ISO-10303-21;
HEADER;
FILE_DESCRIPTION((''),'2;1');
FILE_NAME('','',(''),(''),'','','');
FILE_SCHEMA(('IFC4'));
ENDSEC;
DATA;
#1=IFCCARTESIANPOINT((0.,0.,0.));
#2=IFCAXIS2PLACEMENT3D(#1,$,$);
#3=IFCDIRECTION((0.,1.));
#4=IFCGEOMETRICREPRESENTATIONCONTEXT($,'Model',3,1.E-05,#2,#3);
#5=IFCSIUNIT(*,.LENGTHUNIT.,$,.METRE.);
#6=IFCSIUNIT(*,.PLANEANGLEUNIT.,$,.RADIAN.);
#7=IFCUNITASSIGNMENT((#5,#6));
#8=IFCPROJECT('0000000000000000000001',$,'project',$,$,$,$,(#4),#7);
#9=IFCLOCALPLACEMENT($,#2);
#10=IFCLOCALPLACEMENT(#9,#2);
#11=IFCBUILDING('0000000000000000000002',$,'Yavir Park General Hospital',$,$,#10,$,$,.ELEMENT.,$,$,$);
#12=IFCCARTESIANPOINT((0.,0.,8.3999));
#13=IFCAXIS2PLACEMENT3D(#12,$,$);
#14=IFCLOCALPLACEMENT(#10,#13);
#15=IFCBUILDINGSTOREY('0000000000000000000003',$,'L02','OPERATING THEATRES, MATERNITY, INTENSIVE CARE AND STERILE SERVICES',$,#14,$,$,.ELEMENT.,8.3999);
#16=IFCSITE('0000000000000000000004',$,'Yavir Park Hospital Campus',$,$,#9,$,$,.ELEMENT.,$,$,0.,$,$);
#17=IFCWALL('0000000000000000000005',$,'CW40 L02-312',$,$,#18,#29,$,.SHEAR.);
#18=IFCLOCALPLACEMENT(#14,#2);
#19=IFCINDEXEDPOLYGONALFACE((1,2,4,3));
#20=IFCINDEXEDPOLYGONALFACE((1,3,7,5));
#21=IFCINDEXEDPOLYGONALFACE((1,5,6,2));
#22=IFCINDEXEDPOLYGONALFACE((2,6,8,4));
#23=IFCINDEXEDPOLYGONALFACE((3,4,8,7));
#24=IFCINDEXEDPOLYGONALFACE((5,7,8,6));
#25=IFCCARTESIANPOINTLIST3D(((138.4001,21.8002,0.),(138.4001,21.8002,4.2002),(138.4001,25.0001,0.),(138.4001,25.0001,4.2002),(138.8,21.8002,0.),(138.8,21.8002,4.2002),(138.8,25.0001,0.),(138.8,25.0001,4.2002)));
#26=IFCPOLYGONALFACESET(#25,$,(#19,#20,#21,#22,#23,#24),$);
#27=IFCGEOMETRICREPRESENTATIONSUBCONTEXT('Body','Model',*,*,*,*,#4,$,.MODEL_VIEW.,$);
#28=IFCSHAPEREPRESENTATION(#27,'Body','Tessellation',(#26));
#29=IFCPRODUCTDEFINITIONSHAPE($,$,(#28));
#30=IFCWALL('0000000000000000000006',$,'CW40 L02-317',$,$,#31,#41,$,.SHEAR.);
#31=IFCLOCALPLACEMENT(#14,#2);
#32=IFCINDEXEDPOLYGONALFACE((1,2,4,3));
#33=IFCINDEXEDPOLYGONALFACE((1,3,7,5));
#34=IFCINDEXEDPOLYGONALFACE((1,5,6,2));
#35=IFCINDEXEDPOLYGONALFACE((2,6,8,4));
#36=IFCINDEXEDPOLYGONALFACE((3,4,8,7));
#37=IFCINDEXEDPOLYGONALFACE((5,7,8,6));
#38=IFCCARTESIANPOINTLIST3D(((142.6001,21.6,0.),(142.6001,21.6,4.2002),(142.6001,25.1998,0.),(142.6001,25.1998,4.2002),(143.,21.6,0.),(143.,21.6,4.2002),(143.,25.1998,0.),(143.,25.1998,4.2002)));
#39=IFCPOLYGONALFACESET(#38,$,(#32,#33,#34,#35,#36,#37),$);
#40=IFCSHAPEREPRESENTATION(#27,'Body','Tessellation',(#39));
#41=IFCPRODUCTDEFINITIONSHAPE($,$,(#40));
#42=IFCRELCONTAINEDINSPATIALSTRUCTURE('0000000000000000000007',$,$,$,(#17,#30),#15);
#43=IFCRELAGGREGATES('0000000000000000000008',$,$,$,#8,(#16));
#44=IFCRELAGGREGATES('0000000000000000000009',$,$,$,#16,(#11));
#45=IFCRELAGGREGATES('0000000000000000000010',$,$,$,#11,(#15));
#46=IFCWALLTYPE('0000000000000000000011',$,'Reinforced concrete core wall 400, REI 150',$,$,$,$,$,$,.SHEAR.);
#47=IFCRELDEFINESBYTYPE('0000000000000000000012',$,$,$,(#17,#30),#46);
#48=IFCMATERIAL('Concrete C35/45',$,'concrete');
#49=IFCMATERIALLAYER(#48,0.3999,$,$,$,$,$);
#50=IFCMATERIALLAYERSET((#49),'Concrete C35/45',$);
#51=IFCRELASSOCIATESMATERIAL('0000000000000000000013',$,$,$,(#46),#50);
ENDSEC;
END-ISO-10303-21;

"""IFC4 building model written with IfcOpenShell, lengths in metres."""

from ifc_helpers import new_model, si_unit, direction, frame, frame_2d, origin, place, context, subcontext, project, spatial, rectangle, extrude, material, layer, layer_set, type_object, element, save


model = new_model("IFC4")

# Units and contexts
model_context = context("Model", 3, precision=1e-05, world=origin(), true_north=direction((0.0, 1.0)))
body_context = subcontext(model_context, "Body", "Model", "MODEL_VIEW")
ifc_project = project(units=[si_unit("LENGTHUNIT", "METRE"), si_unit("PLANEANGLEUNIT", "RADIAN")], contexts=[model_context])

# Site, building, storey
site_placement = place(None, origin())
site = spatial("IfcSite", under=ifc_project, at=site_placement, Name="Yavir Park Hospital Campus", CompositionType="ELEMENT", RefElevation=0.0)
building_placement = place(site_placement, origin())
building = spatial("IfcBuilding", under=site, at=building_placement, Name="Yavir Park General Hospital", CompositionType="ELEMENT")
storey_placement = place(building_placement, frame((0.0, 0.0, 8.3999)))
storey = spatial("IfcBuildingStorey", under=building, at=storey_placement, Name="L02", Description="OPERATING THEATRES, MATERNITY, INTENSIVE CARE AND STERILE SERVICES", CompositionType="ELEMENT", Elevation=8.3999)

# Walls
ifc_material_1 = material(Name="Concrete C35/45", Category="concrete")
ifc_layer_1 = layer(ifc_material_1, 0.3999)
ifc_layer_set_1 = layer_set([ifc_layer_1], Name="Concrete C35/45")
wall_type_1 = type_object("IfcWallType", Name="Reinforced concrete core wall 400, REI 150", PredefinedType="SHEAR", material=ifc_layer_set_1)
wall_1_placement = place(storey_placement, frame((138.6001, 21.8, 0.0), z_axis=(0.0, 0.0, 1.0), x_axis=(0.0, 1.0, 0.0)))
element("IfcWall", 1, at=wall_1_placement, inside=storey, type_object=wall_type_1, Name="CW40 L02-312", PredefinedType="SHEAR", context=body_context, shape_type="SweptSolid", body=[
    extrude(rectangle(XDim=3.2, YDim=0.3999, at=frame_2d((1.6001, 0.0))), origin(), (0.0, 0.0, 1.0), 4.2002),
])
wall_2_placement = place(storey_placement, frame((142.8, 21.6001, 0.0), z_axis=(0.0, 0.0, 1.0), x_axis=(0.0, 1.0, 0.0)))
element("IfcWall", 2, at=wall_2_placement, inside=storey, type_object=wall_type_1, Name="CW40 L02-317", PredefinedType="SHEAR", context=body_context, shape_type="SweptSolid", body=[
    extrude(rectangle(XDim=3.5999, YDim=0.3999, at=frame_2d((1.7998, 0.0))), origin(), (0.0, 0.0, 1.0), 4.2002),
])

save(model, "model.ifc")
